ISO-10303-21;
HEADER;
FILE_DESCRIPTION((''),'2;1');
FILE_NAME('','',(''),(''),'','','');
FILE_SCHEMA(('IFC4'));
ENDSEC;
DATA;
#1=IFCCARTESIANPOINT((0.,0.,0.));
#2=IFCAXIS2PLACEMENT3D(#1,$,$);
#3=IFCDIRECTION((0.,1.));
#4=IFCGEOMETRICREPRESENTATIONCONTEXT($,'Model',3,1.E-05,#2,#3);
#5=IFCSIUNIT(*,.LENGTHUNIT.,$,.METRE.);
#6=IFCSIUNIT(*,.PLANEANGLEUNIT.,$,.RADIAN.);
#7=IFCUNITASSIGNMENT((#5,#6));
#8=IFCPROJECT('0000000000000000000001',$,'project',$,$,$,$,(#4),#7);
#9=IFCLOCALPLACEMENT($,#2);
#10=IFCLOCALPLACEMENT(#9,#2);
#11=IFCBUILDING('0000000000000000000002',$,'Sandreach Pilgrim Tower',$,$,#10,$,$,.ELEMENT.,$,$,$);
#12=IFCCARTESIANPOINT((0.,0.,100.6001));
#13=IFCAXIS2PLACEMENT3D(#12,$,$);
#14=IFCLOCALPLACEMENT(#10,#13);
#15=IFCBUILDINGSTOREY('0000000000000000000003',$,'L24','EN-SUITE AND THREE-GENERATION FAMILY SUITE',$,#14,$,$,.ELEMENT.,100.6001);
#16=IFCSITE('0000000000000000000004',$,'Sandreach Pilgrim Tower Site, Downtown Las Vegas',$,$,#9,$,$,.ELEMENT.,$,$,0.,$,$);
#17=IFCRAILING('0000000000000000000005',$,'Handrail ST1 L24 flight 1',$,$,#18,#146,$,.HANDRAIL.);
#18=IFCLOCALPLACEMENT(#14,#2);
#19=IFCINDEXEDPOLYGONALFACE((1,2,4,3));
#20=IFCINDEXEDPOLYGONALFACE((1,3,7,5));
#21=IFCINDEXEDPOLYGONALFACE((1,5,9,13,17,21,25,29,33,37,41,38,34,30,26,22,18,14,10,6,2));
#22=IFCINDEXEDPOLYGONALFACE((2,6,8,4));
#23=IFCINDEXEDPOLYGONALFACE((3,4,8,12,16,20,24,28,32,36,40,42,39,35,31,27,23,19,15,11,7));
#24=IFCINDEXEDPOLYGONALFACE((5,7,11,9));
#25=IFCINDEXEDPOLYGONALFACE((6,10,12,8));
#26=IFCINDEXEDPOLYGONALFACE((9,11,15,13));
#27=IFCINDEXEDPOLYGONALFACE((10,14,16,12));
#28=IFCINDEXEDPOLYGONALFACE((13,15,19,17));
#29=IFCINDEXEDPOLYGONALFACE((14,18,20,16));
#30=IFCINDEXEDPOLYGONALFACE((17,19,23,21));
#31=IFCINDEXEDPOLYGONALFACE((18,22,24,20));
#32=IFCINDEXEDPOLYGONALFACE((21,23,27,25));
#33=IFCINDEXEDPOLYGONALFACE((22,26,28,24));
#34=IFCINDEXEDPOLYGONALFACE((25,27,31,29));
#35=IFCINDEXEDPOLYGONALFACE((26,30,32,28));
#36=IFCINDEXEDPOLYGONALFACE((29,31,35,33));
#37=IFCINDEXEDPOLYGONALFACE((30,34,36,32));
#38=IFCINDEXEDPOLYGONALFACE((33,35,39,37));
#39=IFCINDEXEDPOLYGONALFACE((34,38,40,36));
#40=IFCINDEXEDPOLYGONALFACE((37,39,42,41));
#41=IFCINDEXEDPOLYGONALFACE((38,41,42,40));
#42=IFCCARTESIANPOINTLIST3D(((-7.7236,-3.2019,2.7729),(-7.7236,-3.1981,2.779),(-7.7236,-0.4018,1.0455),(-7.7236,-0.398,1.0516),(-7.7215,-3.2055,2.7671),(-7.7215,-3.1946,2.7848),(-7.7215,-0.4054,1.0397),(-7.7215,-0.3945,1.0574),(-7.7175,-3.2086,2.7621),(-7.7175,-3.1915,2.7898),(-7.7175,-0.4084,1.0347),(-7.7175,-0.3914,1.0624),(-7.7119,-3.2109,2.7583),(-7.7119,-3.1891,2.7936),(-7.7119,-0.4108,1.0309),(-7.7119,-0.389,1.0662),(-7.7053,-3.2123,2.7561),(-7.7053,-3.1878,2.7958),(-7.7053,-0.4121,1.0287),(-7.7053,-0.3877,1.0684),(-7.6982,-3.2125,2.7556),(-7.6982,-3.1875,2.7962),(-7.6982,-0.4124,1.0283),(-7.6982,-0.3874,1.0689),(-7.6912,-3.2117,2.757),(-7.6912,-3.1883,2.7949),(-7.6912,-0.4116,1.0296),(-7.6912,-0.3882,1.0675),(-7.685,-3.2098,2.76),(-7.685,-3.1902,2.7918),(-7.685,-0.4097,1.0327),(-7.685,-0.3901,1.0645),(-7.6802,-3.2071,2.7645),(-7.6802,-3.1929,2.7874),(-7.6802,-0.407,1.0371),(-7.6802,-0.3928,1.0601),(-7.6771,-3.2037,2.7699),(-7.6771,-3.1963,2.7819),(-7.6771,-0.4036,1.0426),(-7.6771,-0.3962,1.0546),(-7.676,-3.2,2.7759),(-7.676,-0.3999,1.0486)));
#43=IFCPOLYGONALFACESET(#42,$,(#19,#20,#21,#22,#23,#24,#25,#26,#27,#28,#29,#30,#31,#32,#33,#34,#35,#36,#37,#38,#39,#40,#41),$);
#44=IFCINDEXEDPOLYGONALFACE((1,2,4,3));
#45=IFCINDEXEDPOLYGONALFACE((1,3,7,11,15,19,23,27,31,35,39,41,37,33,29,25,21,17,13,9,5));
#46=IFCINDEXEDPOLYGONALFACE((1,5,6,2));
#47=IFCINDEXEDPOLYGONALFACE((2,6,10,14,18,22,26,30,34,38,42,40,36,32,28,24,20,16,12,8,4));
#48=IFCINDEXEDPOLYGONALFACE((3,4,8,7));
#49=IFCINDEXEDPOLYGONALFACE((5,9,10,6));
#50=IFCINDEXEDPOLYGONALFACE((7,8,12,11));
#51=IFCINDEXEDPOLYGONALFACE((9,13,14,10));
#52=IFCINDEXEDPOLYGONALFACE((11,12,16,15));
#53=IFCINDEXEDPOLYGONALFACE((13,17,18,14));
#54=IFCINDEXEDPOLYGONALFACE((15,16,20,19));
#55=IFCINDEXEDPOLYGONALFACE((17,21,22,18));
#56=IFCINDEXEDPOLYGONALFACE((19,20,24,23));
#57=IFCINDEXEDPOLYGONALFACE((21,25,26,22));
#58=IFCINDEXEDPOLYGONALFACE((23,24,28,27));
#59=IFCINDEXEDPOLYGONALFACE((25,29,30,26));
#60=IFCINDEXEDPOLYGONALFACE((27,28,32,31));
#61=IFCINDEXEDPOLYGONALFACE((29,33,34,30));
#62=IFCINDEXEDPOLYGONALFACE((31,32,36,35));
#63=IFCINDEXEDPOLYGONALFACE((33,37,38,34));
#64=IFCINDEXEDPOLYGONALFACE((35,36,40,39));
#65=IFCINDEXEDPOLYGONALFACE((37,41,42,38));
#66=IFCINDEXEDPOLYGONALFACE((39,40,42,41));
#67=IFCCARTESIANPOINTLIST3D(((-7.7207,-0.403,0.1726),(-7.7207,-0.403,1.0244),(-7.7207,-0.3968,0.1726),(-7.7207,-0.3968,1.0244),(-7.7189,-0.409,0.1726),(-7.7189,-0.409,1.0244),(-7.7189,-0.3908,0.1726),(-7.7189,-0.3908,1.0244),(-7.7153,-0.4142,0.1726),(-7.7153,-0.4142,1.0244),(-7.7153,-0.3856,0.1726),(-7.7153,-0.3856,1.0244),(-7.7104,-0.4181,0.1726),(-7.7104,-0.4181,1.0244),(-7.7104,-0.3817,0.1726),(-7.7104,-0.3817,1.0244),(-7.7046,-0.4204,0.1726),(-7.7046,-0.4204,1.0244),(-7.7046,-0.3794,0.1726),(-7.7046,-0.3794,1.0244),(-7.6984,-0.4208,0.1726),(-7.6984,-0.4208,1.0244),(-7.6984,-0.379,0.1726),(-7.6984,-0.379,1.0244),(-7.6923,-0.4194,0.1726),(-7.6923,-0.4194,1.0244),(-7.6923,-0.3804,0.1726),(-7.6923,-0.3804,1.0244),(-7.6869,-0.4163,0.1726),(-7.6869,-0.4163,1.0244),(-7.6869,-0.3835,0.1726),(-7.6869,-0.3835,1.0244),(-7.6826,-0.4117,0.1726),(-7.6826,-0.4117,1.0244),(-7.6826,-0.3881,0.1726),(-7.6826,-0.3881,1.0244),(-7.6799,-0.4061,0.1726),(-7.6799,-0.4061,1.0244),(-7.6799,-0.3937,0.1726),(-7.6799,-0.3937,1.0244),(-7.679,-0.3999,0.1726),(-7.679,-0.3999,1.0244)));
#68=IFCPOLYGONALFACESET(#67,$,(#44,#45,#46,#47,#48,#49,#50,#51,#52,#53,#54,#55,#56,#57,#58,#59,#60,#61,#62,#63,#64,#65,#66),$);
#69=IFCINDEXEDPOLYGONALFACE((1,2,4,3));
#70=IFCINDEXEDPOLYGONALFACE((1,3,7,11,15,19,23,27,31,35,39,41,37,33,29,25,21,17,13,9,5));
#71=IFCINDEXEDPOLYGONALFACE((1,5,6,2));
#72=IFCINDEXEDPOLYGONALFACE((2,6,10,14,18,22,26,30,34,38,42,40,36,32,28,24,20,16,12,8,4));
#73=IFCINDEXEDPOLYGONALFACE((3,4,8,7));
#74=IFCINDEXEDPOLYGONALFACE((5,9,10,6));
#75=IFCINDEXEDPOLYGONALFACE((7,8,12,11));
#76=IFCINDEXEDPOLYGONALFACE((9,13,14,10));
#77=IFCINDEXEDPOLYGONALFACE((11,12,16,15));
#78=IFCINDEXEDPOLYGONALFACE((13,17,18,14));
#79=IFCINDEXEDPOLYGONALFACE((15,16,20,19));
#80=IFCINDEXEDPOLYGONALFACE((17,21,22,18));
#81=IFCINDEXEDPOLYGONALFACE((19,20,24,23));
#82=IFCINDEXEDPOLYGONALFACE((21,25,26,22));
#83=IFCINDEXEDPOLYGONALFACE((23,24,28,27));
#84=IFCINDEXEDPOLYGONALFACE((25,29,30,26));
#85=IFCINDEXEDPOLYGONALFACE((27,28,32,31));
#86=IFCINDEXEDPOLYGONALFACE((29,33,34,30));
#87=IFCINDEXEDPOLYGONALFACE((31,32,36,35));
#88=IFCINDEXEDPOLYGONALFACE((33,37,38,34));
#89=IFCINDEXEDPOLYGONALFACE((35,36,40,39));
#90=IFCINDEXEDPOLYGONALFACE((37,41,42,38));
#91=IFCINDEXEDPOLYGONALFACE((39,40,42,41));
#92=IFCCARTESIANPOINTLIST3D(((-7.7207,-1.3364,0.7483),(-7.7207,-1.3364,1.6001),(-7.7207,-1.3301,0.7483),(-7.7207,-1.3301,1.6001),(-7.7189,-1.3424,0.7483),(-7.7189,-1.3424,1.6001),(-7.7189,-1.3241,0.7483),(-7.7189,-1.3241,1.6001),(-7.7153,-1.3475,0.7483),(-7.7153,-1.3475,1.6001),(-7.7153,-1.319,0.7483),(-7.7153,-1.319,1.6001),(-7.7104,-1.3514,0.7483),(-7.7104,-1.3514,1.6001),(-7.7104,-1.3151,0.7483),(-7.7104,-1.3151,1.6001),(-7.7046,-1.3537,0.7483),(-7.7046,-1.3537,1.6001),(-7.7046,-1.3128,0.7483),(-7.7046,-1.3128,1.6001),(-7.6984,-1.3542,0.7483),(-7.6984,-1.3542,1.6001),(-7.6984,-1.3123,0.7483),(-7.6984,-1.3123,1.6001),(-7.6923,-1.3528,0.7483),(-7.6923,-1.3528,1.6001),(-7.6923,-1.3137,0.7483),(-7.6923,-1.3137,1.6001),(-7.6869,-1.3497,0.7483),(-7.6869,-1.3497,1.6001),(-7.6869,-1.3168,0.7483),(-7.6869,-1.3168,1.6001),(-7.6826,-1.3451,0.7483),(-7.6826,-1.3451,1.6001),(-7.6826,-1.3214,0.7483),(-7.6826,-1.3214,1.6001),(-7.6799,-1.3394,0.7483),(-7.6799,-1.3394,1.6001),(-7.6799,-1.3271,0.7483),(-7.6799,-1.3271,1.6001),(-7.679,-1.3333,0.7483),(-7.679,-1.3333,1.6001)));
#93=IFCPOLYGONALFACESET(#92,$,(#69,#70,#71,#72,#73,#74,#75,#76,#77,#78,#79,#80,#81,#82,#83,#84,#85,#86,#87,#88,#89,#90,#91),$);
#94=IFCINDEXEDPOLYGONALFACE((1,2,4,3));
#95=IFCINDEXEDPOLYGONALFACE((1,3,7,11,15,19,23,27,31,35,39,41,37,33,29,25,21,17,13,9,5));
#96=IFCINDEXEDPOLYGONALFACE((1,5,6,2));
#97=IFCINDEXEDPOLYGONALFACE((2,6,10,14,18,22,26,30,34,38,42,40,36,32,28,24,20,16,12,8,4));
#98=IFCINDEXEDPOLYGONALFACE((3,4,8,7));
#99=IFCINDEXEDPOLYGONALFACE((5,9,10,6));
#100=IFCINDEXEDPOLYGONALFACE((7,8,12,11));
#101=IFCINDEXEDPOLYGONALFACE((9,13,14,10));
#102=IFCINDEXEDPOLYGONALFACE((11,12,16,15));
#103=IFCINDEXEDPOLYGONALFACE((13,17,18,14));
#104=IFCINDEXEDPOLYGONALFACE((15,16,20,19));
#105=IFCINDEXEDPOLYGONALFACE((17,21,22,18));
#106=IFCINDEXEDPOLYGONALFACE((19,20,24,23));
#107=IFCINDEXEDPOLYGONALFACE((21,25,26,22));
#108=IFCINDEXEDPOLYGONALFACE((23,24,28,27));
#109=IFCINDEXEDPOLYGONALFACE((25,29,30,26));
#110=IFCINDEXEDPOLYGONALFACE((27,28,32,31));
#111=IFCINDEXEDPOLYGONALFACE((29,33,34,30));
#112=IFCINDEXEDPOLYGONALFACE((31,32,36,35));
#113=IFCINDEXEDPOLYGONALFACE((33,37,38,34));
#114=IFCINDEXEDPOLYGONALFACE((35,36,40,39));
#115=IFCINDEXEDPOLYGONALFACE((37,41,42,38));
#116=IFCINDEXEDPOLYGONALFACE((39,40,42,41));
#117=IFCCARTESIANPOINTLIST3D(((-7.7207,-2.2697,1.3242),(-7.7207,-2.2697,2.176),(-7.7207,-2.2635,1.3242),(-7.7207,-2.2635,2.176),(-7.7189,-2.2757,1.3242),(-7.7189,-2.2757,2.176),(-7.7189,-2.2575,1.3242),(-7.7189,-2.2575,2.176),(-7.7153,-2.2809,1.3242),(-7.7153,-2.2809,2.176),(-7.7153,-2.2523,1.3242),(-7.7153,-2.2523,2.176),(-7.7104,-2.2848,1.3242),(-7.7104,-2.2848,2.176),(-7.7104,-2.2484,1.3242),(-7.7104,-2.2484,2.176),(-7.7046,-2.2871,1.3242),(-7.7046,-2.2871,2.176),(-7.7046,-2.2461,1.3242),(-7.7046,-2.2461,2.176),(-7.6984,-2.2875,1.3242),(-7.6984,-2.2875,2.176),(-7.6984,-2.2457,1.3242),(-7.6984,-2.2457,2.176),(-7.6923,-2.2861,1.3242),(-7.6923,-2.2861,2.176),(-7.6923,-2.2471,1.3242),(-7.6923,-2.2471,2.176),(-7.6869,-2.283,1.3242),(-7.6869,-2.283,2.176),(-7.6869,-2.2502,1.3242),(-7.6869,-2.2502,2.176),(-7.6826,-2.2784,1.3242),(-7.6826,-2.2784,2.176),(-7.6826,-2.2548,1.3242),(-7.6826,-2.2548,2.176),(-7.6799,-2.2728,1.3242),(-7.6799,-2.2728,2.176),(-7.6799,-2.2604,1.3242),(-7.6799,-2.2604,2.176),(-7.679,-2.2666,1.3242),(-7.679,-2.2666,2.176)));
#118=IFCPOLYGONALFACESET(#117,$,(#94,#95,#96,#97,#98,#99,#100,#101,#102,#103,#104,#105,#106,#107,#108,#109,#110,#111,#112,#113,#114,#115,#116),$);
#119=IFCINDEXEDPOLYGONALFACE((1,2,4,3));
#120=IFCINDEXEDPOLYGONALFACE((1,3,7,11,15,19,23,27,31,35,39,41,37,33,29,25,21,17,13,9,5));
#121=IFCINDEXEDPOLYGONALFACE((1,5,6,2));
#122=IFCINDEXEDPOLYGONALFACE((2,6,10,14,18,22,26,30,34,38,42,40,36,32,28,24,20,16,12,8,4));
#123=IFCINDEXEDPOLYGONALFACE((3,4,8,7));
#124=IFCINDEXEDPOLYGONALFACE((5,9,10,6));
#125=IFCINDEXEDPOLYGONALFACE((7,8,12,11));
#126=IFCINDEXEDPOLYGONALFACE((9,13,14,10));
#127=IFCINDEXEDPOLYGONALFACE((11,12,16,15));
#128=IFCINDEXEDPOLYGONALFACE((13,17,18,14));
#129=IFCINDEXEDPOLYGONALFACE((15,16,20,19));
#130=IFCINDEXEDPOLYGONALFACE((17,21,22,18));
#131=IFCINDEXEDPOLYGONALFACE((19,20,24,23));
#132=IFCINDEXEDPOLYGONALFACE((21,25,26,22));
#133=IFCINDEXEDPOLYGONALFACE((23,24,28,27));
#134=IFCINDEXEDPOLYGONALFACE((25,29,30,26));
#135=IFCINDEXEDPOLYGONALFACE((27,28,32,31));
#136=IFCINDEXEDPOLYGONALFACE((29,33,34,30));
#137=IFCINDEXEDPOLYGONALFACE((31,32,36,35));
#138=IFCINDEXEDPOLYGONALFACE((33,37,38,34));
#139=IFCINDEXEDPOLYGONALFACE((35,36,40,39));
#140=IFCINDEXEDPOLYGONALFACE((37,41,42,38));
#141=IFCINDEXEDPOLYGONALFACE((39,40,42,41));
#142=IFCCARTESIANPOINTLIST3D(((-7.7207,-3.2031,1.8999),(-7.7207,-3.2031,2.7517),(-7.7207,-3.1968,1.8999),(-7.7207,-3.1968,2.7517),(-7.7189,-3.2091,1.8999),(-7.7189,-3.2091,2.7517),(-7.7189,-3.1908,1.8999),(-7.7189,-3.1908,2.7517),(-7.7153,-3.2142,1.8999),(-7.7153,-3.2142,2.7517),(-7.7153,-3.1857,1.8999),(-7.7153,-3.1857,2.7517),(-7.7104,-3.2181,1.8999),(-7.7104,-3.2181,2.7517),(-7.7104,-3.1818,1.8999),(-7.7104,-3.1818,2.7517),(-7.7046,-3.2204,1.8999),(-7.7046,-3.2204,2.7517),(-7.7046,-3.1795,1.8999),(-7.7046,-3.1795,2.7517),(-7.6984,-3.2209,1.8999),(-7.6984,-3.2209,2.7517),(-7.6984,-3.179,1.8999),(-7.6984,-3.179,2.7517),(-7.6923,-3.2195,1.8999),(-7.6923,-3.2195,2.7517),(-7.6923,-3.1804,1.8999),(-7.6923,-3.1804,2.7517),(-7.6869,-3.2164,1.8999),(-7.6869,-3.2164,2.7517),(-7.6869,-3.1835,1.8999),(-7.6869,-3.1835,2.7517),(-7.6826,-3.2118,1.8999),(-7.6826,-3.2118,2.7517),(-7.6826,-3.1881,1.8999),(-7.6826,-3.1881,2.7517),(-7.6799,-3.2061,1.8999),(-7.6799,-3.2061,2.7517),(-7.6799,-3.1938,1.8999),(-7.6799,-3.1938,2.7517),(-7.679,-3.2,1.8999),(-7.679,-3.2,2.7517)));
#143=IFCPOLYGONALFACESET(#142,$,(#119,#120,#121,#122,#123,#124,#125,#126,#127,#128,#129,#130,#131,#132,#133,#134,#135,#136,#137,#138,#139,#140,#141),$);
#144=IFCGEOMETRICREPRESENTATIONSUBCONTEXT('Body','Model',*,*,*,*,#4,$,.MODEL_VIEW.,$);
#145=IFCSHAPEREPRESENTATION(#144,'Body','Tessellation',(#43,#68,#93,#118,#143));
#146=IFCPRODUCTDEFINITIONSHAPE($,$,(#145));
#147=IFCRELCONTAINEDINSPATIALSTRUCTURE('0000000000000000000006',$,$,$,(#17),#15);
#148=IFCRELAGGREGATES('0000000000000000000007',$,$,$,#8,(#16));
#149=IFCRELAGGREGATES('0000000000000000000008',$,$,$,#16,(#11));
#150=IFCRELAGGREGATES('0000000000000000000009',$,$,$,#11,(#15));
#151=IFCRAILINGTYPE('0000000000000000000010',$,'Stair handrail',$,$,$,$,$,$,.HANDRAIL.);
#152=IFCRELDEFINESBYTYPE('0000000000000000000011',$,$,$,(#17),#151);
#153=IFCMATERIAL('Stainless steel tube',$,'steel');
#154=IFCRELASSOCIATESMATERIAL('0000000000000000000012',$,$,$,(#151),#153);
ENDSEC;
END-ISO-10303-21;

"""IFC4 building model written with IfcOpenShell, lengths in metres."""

from ifc_helpers import new_model, si_unit, direction, frame, origin, origin_2d, place, context, subcontext, project, spatial, circle, extrude, material, type_object, element, save


model = new_model("IFC4")

# Units and contexts
model_context = context("Model", 3, precision=1e-05, world=origin(), true_north=direction((0.0, 1.0)))
body_context = subcontext(model_context, "Body", "Model", "MODEL_VIEW")
ifc_project = project(units=[si_unit("LENGTHUNIT", "METRE"), si_unit("PLANEANGLEUNIT", "RADIAN")], contexts=[model_context])

# Site, building, storey
site_placement = place(None, origin())
site = spatial("IfcSite", under=ifc_project, at=site_placement, Name="Sandreach Pilgrim Tower Site, Downtown Las Vegas", CompositionType="ELEMENT", RefElevation=0.0)
building_placement = place(site_placement, origin())
building = spatial("IfcBuilding", under=site, at=building_placement, Name="Sandreach Pilgrim Tower", CompositionType="ELEMENT")
storey_placement = place(building_placement, frame((0.0, 0.0, 100.6001)))
storey = spatial("IfcBuildingStorey", under=building, at=storey_placement, Name="L24", Description="EN-SUITE AND THREE-GENERATION FAMILY SUITE", CompositionType="ELEMENT", Elevation=100.6001)

# Railing
ifc_material_1 = material(Name="Stainless steel tube", Category="steel")
railing_type = type_object("IfcRailingType", Name="Stair handrail", PredefinedType="HANDRAIL", material=ifc_material_1)
for number, where, name in (
    (1, (-7.7, -0.3999, 0.1726), "Handrail ST1 L24 flight 1"),
):
    element("IfcRailing", number, at=place(storey_placement, frame(where)), inside=storey, type_object=railing_type, Name=name, PredefinedType="HANDRAIL", context=body_context, shape_type="SweptSolid", body=[
        extrude(circle(Radius=0.0239, at=origin_2d()), frame((0.0, 0.0, 0.876), z_axis=(0.0, -0.85109, 0.52502), x_axis=(1.0, 0.0, 0.0)), (0.0, 0.0, 1.0), 3.29),
        extrude(circle(Radius=0.021, at=origin_2d()), origin(), (0.0, 0.0, 1.0), 0.8518),
        extrude(circle(Radius=0.021, at=origin_2d()), frame((0.0, -0.9333, 0.5757)), (0.0, 0.0, 1.0), 0.8518),
        extrude(circle(Radius=0.021, at=origin_2d()), frame((0.0, -1.8667, 1.1516)), (0.0, 0.0, 1.0), 0.8518),
        extrude(circle(Radius=0.021, at=origin_2d()), frame((0.0, -2.8, 1.7273)), (0.0, 0.0, 1.0), 0.8518),
    ])

save(model, "model.ifc")
